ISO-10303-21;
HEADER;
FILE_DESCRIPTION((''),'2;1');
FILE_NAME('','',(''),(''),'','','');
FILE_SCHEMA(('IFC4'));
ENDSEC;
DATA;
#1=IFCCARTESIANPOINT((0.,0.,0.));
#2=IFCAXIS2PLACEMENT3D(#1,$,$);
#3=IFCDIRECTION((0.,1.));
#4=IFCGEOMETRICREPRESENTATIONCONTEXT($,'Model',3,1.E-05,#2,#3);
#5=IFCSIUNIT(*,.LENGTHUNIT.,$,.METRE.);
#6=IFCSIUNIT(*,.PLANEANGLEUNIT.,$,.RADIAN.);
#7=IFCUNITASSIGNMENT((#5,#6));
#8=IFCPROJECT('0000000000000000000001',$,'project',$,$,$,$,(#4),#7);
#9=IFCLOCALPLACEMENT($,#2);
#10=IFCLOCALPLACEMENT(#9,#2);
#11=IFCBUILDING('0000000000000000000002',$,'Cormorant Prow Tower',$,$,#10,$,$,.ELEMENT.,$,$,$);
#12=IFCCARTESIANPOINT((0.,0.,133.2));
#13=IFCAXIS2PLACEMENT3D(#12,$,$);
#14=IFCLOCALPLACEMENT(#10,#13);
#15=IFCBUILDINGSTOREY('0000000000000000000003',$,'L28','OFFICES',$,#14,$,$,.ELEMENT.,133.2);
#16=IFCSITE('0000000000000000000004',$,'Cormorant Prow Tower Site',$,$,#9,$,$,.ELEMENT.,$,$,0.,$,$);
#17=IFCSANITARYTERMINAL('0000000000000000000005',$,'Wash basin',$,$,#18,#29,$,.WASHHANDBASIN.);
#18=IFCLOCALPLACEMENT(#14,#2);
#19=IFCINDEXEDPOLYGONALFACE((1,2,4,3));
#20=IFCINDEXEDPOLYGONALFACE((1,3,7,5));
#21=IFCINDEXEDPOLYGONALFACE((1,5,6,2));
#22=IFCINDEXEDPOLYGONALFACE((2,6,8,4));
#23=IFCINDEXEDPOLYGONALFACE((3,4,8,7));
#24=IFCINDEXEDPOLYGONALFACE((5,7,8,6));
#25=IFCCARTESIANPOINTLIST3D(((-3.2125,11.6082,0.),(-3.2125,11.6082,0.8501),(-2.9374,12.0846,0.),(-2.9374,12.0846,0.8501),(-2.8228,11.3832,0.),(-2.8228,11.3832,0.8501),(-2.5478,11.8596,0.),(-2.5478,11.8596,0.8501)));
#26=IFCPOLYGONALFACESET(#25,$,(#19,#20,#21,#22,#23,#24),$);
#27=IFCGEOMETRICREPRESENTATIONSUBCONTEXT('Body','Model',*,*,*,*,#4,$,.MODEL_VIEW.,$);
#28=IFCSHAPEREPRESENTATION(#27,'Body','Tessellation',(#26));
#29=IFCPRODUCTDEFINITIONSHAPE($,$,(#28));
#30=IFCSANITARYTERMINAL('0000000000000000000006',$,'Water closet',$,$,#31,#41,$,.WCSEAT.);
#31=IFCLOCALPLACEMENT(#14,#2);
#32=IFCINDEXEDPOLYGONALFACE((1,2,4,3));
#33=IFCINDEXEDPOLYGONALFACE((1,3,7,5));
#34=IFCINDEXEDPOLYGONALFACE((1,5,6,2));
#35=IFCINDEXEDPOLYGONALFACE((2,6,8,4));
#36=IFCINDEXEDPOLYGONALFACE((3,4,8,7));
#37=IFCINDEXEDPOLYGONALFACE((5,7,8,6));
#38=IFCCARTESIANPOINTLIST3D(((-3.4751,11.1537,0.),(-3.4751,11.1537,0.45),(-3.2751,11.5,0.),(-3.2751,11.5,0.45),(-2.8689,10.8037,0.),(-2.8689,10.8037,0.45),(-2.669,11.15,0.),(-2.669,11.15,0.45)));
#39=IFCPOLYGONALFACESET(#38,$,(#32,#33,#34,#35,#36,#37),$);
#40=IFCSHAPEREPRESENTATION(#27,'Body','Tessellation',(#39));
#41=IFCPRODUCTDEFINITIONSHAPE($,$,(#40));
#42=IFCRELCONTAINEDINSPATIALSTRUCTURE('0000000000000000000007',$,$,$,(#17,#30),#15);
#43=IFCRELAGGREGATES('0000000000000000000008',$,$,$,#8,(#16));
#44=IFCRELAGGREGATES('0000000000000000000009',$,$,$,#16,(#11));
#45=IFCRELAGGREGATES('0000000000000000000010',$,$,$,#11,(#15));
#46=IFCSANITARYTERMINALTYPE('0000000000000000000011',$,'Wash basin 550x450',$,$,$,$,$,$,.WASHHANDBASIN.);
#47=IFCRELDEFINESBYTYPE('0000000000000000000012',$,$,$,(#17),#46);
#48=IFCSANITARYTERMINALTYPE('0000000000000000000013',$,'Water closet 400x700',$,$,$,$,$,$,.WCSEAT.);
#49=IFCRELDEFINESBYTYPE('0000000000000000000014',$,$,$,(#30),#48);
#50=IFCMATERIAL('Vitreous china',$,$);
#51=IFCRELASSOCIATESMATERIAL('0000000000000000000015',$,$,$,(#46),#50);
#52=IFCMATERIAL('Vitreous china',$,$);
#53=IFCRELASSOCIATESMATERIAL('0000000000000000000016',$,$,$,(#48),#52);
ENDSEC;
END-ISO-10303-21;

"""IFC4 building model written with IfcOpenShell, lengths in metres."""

from ifc_helpers import new_model, si_unit, direction, frame, origin, origin_2d, place, context, subcontext, project, spatial, rectangle, extrude, material, type_object, element, save


model = new_model("IFC4")

# Units and contexts
model_context = context("Model", 3, precision=1e-05, world=origin(), true_north=direction((0.0, 1.0)))
body_context = subcontext(model_context, "Body", "Model", "MODEL_VIEW")
ifc_project = project(units=[si_unit("LENGTHUNIT", "METRE"), si_unit("PLANEANGLEUNIT", "RADIAN")], contexts=[model_context])

# Site, building, storey
site_placement = place(None, origin())
site = spatial("IfcSite", under=ifc_project, at=site_placement, Name="Cormorant Prow Tower Site", CompositionType="ELEMENT", RefElevation=0.0)
building_placement = place(site_placement, origin())
building = spatial("IfcBuilding", under=site, at=building_placement, Name="Cormorant Prow Tower", CompositionType="ELEMENT")
storey_placement = place(building_placement, frame((0.0, 0.0, 133.2)))
storey = spatial("IfcBuildingStorey", under=building, at=storey_placement, Name="L28", Description="OFFICES", CompositionType="ELEMENT", Elevation=133.2)

# Sanitary terminals
ifc_material_1 = material(Name="Vitreous china")
sanitary_terminal_type_1 = type_object("IfcSanitaryTerminalType", Name="Wash basin 550x450", PredefinedType="WASHHANDBASIN", material=ifc_material_1)
sanitary_terminal_1_placement = place(storey_placement, frame((-2.8801, 11.7339, 0.0), z_axis=(0.0, 0.0, 1.0), x_axis=(-0.5, -0.866025, 0.0)))
element("IfcSanitaryTerminal", 1, at=sanitary_terminal_1_placement, inside=storey, type_object=sanitary_terminal_type_1, Name="Wash basin", PredefinedType="WASHHANDBASIN", context=body_context, shape_type="SweptSolid", body=[
    extrude(rectangle(XDim=0.55, YDim=0.45, at=origin_2d()), origin(), (0.0, 0.0, 1.0), 0.8501),
])
ifc_material_2 = material(Name="Vitreous china")
sanitary_terminal_type_2 = type_object("IfcSanitaryTerminalType", Name="Water closet 400x700", PredefinedType="WCSEAT", material=ifc_material_2)
sanitary_terminal_2_placement = place(storey_placement, frame((-3.072, 11.1519, 0.0), z_axis=(0.0, 0.0, 1.0), x_axis=(-0.5, -0.866025, 0.0)))
element("IfcSanitaryTerminal", 2, at=sanitary_terminal_2_placement, inside=storey, type_object=sanitary_terminal_type_2, Name="Water closet", PredefinedType="WCSEAT", context=body_context, shape_type="SweptSolid", body=[
    extrude(rectangle(XDim=0.3999, YDim=0.7, at=origin_2d()), origin(), (0.0, 0.0, 1.0), 0.45),
])

save(model, "model.ifc")
